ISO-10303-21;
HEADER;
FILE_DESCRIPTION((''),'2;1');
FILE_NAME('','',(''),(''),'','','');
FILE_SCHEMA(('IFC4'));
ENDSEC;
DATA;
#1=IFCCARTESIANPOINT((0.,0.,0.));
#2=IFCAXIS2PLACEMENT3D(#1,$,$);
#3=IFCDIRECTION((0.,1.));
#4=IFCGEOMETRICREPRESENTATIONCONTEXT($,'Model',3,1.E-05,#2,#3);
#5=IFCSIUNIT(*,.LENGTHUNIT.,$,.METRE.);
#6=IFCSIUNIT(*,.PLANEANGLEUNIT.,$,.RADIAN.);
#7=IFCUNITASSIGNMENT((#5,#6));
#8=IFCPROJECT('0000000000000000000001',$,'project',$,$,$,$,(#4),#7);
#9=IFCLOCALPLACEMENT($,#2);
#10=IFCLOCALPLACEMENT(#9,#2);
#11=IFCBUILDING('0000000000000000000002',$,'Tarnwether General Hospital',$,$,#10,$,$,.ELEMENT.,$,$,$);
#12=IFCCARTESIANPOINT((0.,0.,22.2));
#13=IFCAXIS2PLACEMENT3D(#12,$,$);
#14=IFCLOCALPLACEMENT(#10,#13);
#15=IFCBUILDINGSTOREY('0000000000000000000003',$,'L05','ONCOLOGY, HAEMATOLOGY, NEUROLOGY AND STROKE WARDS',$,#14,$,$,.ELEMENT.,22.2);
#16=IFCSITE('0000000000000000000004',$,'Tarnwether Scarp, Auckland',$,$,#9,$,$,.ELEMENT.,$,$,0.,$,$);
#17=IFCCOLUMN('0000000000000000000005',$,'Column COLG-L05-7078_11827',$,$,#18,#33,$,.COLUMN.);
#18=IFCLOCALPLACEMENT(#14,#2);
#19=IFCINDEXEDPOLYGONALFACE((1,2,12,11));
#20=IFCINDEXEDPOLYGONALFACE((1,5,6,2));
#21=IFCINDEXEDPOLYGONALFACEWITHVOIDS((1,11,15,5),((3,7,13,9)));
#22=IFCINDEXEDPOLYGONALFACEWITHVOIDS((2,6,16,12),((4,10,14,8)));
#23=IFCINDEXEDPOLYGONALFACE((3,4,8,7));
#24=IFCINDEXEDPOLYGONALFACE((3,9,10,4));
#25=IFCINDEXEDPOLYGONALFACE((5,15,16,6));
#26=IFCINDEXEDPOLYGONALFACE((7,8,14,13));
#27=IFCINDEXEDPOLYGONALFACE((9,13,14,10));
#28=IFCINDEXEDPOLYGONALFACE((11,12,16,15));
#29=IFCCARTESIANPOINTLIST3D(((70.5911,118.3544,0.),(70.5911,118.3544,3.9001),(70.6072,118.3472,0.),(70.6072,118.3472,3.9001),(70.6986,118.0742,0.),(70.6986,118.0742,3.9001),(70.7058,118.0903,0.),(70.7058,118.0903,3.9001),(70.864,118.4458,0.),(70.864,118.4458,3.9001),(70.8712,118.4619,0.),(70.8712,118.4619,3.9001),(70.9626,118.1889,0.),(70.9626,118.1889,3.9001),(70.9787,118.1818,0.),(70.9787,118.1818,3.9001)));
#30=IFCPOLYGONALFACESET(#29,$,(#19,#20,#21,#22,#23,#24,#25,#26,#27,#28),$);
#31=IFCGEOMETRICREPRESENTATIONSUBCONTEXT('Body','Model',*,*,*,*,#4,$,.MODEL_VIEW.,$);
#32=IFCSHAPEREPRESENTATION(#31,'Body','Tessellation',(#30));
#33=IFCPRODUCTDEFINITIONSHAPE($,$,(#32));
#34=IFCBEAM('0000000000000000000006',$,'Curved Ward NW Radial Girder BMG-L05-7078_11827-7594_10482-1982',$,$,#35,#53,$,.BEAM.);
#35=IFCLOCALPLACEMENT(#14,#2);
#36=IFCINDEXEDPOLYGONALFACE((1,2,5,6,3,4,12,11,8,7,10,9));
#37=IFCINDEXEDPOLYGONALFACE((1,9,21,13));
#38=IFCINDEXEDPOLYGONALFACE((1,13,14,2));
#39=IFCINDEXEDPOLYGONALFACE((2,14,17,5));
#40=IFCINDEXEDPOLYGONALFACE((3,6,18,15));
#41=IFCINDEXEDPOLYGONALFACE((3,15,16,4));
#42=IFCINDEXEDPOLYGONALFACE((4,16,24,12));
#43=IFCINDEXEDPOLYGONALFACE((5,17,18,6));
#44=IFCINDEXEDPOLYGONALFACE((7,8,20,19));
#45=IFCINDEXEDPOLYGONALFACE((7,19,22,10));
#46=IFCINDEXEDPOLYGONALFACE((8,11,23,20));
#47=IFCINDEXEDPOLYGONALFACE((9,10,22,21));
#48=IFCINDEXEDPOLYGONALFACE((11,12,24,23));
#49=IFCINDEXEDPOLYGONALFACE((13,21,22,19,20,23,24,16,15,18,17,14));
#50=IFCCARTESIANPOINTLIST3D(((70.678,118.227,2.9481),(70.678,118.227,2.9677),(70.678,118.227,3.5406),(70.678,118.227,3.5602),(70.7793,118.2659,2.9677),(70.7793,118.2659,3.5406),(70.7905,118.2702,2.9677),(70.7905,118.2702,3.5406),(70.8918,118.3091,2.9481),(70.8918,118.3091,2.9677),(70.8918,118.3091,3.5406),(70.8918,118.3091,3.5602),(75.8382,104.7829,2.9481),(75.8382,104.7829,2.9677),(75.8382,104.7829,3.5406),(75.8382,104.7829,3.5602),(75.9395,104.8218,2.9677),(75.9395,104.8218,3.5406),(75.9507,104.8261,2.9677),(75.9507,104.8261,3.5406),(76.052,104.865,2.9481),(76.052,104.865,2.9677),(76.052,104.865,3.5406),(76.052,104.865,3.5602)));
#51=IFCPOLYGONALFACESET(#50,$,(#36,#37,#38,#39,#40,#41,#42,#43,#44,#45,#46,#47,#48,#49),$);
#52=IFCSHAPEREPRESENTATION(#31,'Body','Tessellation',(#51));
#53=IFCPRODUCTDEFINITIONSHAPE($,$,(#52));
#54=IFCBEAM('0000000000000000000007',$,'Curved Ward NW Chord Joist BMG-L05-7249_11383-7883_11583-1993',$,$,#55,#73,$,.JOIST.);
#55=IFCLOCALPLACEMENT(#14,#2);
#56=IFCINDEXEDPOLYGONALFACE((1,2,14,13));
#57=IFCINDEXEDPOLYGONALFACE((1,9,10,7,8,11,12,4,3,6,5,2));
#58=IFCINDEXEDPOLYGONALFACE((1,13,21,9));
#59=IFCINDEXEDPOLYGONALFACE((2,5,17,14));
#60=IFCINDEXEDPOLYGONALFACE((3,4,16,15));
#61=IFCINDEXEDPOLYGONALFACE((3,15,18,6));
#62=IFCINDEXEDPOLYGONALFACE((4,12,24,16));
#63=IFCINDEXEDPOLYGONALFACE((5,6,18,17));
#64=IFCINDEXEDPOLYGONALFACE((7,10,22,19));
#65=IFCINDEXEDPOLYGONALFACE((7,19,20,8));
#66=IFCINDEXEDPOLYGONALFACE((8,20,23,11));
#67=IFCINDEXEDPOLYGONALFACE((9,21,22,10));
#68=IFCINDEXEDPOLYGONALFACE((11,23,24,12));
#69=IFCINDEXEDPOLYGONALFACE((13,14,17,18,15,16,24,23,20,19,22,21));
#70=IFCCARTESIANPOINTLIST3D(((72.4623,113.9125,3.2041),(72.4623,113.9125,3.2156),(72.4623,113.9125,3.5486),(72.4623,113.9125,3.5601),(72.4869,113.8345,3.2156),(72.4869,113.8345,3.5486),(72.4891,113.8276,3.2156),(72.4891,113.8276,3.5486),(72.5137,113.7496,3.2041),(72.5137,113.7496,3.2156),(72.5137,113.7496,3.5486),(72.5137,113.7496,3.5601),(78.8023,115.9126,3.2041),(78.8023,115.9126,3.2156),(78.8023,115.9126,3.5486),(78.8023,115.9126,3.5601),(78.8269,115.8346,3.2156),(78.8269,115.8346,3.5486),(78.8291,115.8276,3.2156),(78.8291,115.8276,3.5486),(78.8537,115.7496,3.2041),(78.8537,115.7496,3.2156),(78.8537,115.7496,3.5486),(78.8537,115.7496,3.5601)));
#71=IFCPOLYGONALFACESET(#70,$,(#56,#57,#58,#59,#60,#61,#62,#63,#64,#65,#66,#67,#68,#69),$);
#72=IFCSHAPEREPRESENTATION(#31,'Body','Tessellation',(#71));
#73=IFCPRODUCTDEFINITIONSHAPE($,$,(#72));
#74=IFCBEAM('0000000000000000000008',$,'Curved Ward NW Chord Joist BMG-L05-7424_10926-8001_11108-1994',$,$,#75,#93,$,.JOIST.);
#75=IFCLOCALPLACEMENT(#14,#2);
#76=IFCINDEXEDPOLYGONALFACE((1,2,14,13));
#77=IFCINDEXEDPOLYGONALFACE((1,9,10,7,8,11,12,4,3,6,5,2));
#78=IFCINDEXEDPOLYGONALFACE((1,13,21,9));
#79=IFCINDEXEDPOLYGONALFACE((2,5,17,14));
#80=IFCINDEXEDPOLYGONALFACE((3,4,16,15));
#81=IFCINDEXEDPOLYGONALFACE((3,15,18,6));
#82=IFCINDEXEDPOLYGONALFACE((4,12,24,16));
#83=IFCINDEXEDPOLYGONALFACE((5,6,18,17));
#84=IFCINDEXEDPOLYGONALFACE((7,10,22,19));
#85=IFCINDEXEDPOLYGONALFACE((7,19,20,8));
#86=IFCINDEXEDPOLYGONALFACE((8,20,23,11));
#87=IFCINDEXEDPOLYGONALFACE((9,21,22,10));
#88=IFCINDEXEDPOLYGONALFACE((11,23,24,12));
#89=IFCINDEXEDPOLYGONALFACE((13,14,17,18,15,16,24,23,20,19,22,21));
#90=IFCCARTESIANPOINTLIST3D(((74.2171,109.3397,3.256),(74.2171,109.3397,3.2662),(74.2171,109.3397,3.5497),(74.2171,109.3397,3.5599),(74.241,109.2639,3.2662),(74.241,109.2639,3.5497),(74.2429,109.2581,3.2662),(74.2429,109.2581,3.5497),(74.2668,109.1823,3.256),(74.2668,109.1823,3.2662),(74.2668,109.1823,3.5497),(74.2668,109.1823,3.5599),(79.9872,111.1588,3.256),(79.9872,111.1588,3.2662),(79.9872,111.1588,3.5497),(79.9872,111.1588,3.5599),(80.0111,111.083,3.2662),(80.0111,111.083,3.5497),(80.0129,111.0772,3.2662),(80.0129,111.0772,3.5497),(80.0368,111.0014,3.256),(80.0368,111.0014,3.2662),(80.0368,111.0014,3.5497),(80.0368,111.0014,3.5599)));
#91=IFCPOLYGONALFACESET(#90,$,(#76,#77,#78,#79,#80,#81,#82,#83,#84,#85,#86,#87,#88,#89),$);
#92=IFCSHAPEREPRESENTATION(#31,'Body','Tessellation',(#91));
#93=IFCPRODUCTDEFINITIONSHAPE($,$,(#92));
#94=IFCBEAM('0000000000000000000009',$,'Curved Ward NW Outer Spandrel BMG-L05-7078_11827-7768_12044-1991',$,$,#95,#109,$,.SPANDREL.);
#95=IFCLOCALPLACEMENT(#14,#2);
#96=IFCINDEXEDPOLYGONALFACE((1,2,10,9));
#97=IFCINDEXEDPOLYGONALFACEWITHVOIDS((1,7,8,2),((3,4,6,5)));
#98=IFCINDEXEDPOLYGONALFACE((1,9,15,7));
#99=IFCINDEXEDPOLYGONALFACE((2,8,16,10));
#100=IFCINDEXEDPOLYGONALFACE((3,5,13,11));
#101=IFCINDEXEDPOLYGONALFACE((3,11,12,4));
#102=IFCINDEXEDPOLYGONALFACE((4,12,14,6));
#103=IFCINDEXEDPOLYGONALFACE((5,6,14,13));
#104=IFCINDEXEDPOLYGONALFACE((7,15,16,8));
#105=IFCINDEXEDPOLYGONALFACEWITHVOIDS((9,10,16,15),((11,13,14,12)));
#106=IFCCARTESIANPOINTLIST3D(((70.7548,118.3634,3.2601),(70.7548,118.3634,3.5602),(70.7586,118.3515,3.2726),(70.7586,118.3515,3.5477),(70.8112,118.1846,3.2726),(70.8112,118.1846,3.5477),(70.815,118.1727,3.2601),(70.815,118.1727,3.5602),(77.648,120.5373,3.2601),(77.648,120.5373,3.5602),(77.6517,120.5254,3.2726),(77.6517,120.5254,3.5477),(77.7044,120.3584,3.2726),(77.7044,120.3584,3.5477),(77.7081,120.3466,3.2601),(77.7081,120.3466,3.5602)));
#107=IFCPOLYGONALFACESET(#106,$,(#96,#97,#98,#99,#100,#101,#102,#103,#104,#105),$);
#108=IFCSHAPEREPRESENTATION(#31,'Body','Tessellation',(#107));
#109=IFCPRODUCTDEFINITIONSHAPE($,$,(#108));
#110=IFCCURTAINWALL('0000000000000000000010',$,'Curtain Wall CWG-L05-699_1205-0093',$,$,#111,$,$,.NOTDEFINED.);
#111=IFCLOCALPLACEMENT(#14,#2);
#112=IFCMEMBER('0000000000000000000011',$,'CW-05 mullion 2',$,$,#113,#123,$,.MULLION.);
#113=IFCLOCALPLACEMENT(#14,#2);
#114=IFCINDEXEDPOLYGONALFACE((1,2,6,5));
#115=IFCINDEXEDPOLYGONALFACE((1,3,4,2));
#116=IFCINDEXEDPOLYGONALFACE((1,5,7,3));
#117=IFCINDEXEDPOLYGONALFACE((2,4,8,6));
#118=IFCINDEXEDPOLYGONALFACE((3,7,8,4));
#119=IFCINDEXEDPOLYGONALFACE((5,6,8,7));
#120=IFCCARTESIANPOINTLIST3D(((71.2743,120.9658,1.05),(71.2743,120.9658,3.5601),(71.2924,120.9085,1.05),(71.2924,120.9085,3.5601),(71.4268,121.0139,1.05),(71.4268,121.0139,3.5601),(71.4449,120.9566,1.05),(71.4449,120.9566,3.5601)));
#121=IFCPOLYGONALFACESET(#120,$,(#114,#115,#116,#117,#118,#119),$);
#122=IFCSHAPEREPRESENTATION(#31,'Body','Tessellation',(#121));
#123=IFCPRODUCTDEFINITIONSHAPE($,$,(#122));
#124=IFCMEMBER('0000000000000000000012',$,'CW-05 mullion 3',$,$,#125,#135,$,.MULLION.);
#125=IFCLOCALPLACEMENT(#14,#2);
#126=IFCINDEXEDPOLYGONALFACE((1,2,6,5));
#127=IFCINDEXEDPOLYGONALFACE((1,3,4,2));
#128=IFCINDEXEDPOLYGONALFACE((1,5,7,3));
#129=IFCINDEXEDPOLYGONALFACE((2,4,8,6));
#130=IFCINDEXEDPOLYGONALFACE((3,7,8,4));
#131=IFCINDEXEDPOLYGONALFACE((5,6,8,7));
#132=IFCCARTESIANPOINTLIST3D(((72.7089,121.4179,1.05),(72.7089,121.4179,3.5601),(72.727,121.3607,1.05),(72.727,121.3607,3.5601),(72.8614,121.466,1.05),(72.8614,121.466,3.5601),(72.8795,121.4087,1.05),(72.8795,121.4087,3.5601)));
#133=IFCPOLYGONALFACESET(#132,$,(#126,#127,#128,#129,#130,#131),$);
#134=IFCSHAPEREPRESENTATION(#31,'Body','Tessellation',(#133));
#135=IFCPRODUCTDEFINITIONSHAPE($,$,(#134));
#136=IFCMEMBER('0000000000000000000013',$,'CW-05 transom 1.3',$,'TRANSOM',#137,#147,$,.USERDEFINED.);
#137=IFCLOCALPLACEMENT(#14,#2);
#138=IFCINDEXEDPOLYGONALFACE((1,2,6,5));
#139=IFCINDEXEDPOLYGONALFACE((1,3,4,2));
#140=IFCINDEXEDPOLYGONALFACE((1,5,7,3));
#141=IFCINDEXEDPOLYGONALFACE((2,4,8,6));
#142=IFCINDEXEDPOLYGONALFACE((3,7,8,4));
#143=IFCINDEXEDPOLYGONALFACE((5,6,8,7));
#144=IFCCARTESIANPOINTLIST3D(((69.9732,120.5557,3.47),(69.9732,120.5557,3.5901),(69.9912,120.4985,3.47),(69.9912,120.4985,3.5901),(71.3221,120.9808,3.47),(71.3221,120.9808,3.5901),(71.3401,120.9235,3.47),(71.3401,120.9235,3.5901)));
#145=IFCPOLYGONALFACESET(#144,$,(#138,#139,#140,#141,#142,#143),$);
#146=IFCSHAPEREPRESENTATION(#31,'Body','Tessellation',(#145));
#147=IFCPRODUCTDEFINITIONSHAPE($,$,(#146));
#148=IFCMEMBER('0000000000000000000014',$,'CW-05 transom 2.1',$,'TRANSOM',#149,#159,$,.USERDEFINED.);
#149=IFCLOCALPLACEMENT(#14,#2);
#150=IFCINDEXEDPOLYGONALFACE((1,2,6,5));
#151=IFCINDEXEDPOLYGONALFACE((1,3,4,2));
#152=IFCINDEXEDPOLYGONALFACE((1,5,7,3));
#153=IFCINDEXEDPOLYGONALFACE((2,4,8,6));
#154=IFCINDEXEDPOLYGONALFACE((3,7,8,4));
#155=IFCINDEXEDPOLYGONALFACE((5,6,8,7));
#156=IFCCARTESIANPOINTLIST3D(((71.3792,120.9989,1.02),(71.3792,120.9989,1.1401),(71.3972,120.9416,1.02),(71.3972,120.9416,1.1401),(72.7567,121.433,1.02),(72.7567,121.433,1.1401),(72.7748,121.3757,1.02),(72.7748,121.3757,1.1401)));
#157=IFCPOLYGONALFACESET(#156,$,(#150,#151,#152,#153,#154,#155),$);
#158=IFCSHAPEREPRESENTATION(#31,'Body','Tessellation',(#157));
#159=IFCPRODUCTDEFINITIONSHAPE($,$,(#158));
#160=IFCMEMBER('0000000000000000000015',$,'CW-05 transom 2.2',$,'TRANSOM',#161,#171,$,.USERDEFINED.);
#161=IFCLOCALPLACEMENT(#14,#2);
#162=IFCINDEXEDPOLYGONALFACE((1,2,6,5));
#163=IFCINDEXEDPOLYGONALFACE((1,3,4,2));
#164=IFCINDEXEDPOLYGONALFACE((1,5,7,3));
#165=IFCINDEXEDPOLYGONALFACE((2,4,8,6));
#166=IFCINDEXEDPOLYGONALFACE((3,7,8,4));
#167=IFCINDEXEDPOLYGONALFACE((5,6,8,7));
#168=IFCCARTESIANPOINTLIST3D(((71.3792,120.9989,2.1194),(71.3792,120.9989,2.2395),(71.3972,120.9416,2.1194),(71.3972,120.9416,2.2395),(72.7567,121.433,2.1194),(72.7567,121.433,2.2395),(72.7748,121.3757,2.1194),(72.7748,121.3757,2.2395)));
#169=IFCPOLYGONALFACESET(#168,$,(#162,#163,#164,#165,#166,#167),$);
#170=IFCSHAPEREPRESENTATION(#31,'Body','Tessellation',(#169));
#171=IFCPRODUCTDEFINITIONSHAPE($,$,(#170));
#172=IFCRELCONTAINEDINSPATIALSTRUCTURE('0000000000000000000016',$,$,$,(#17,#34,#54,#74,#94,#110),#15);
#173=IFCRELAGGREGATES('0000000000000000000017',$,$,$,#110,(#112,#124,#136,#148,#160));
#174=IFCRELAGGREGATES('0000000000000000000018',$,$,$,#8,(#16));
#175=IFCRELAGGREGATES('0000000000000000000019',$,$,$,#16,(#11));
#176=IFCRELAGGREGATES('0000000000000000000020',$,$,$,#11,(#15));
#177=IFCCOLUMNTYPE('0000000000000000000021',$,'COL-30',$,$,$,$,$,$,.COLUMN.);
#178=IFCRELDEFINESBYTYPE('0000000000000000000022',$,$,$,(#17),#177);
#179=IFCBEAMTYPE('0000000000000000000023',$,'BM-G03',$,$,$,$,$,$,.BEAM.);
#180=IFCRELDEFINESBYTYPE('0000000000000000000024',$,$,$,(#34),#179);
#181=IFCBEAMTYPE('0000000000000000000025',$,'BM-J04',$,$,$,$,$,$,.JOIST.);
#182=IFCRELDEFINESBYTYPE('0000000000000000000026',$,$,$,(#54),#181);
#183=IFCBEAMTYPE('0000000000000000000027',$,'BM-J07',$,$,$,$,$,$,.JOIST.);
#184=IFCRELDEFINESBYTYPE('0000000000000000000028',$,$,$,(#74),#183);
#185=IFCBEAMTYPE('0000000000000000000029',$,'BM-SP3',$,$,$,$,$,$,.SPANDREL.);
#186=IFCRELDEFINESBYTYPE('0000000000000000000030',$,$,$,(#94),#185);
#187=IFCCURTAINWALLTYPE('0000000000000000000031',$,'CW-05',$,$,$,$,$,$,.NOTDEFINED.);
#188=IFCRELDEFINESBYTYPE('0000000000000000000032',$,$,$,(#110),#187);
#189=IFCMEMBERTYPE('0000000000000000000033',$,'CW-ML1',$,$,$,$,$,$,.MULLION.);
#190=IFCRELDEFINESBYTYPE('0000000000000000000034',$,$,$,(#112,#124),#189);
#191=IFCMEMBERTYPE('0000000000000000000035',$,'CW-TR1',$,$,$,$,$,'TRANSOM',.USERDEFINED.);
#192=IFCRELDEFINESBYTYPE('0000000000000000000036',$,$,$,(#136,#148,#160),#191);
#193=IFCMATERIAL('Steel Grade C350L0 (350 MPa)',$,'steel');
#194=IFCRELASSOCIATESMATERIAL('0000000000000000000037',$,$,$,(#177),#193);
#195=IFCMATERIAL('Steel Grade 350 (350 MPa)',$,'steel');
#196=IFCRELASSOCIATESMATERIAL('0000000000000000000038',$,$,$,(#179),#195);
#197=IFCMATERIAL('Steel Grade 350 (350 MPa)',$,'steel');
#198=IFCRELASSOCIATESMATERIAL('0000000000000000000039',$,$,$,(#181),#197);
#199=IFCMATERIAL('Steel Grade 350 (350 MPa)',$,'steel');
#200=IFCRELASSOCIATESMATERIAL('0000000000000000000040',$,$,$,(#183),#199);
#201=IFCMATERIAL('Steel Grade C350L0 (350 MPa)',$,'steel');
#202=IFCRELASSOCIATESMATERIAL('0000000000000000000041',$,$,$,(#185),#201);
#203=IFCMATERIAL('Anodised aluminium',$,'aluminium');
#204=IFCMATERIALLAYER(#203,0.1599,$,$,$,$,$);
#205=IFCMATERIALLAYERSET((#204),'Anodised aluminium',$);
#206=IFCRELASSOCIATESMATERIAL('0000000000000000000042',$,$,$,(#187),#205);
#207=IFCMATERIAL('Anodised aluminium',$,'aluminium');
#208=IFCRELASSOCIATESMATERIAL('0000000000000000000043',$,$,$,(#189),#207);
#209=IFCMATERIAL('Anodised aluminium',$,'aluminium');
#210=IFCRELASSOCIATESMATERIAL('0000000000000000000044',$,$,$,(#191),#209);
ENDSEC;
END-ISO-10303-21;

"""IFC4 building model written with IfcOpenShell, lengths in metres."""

from ifc_helpers import new_model, si_unit, direction, frame, origin, origin_2d, place, context, subcontext, project, spatial, rectangle, hollow_rectangle, i_section, extrude, material, layer, layer_set, material_profile, profile_set, type_object, element, aggregate, save


model = new_model("IFC4")

# Units and contexts
model_context = context("Model", 3, precision=1e-05, world=origin(), true_north=direction((0.0, 1.0)))
body_context = subcontext(model_context, "Body", "Model", "MODEL_VIEW")
ifc_project = project(units=[si_unit("LENGTHUNIT", "METRE"), si_unit("PLANEANGLEUNIT", "RADIAN")], contexts=[model_context])

# Site, building, storey
site_placement = place(None, origin())
site = spatial("IfcSite", under=ifc_project, at=site_placement, Name="Tarnwether Scarp, Auckland", CompositionType="ELEMENT", RefElevation=0.0)
building_placement = place(site_placement, origin())
building = spatial("IfcBuilding", under=site, at=building_placement, Name="Tarnwether General Hospital", CompositionType="ELEMENT")
storey_placement = place(building_placement, frame((0.0, 0.0, 22.2)))
storey = spatial("IfcBuildingStorey", under=building, at=storey_placement, Name="L05", Description="ONCOLOGY, HAEMATOLOGY, NEUROLOGY AND STROKE WARDS", CompositionType="ELEMENT", Elevation=22.2)

# Column
ifc_material_1 = material(Name="Steel Grade C350L0 (350 MPa)", Category="steel")
ifc_material_profile_1 = material_profile(ifc_material_1, hollow_rectangle(XDim=0.3, YDim=0.3, WallThickness=0.0125, at=origin_2d()), Name="SHS300x300x12.5")
ifc_profile_set_1 = profile_set([ifc_material_profile_1], Name="Steel Grade C350L0 (350 MPa)")
column_type = type_object("IfcColumnType", Name="COL-30", PredefinedType="COLUMN", material=ifc_profile_set_1)
column_placement = place(storey_placement, frame((70.7849, 118.2681, 0.0), z_axis=(0.0, 0.0, 1.0), x_axis=(-0.358368, 0.93358, 0.0)))
element("IfcColumn", 1, at=column_placement, inside=storey, type_object=column_type, Name="Column COLG-L05-7078_11827", PredefinedType="COLUMN", context=body_context, shape_type="SweptSolid", body=[
    extrude(hollow_rectangle(XDim=0.3, YDim=0.3, WallThickness=0.0125, at=origin_2d()), origin(), (0.0, 0.0, 1.0), 3.9001),
])

# Beams
ifc_material_2 = material(Name="Steel Grade 350 (350 MPa)", Category="steel")
ifc_material_profile_2 = material_profile(ifc_material_2, i_section(OverallWidth=0.229, OverallDepth=0.6121, WebThickness=0.012, FlangeThickness=0.0195, at=origin_2d()), Name="610UB125")
ifc_profile_set_2 = profile_set([ifc_material_profile_2], Name="Steel Grade 350 (350 MPa)")
beam_type_1 = type_object("IfcBeamType", Name="BM-G03", PredefinedType="BEAM", material=ifc_profile_set_2)
beam_1_placement = place(storey_placement, frame((70.7849, 118.2681, 3.2542), z_axis=(0.358335, -0.933593, 0.0), x_axis=(0.933593, 0.358335, 0.0)))
element("IfcBeam", 2, at=beam_1_placement, inside=storey, type_object=beam_type_1, Name="Curved Ward NW Radial Girder BMG-L05-7078_11827-7594_10482-1982", PredefinedType="BEAM", context=body_context, shape_type="SweptSolid", body=[
    extrude(i_section(OverallWidth=0.229, OverallDepth=0.6121, WebThickness=0.012, FlangeThickness=0.0195, at=origin_2d()), origin(), (0.0, 0.0, 1.0), 14.4004),
])
ifc_material_3 = material(Name="Steel Grade 350 (350 MPa)", Category="steel")
ifc_material_profile_3 = material_profile(ifc_material_3, i_section(OverallWidth=0.1709, OverallDepth=0.356, WebThickness=0.0073, FlangeThickness=0.0115, at=origin_2d()), Name="360UB50.7")
ifc_profile_set_3 = profile_set([ifc_material_profile_3], Name="Steel Grade 350 (350 MPa)")
beam_type_2 = type_object("IfcBeamType", Name="BM-J04", PredefinedType="JOIST", material=ifc_profile_set_3)
beam_2_placement = place(storey_placement, frame((72.488, 113.8311, 3.3821), z_axis=(0.953671, 0.30085, 0.0), x_axis=(-0.30085, 0.953671, 0.0)))
element("IfcBeam", 3, at=beam_2_placement, inside=storey, type_object=beam_type_2, Name="Curved Ward NW Chord Joist BMG-L05-7249_11383-7883_11583-1993", PredefinedType="JOIST", context=body_context, shape_type="SweptSolid", body=[
    extrude(i_section(OverallWidth=0.1709, OverallDepth=0.356, WebThickness=0.0073, FlangeThickness=0.0115, at=origin_2d()), origin(), (0.0, 0.0, 1.0), 6.6479),
])
ifc_material_4 = material(Name="Steel Grade 350 (350 MPa)", Category="steel")
ifc_material_profile_4 = material_profile(ifc_material_4, i_section(OverallWidth=0.165, OverallDepth=0.304, WebThickness=0.0061, FlangeThickness=0.0103, at=origin_2d()), Name="310UB40.4")
ifc_profile_set_4 = profile_set([ifc_material_profile_4], Name="Steel Grade 350 (350 MPa)")
beam_type_3 = type_object("IfcBeamType", Name="BM-J07", PredefinedType="JOIST", material=ifc_profile_set_4)
beam_3_placement = place(storey_placement, frame((74.2419, 109.261, 3.408), z_axis=(0.953726, 0.300677, 0.0), x_axis=(-0.300677, 0.953726, 0.0)))
element("IfcBeam", 4, at=beam_3_placement, inside=storey, type_object=beam_type_3, Name="Curved Ward NW Chord Joist BMG-L05-7424_10926-8001_11108-1994", PredefinedType="JOIST", context=body_context, shape_type="SweptSolid", body=[
    extrude(i_section(OverallWidth=0.165, OverallDepth=0.304, WebThickness=0.0061, FlangeThickness=0.0103, at=origin_2d()), origin(), (0.0, 0.0, 1.0), 6.05),
])
ifc_material_5 = material(Name="Steel Grade C350L0 (350 MPa)", Category="steel")
ifc_material_profile_5 = material_profile(ifc_material_5, hollow_rectangle(XDim=0.2, YDim=0.3, WallThickness=0.0125, at=origin_2d()), Name="RHS300x200x12.5")
ifc_profile_set_5 = profile_set([ifc_material_profile_5], Name="Steel Grade C350L0 (350 MPa)")
beam_type_4 = type_object("IfcBeamType", Name="BM-SP3", PredefinedType="SPANDREL", material=ifc_profile_set_5)
beam_4_placement = place(storey_placement, frame((70.7849, 118.2681, 3.4102), z_axis=(0.953699, 0.300763, 0.0), x_axis=(-0.300763, 0.953699, 0.0)))
element("IfcBeam", 5, at=beam_4_placement, inside=storey, type_object=beam_type_4, Name="Curved Ward NW Outer Spandrel BMG-L05-7078_11827-7768_12044-1991", PredefinedType="SPANDREL", context=body_context, shape_type="SweptSolid", body=[
    extrude(hollow_rectangle(XDim=0.2, YDim=0.3, WallThickness=0.0125, at=origin_2d()), origin(), (0.0, 0.0, 1.0), 7.2278),
])

# Curtain wall, members
ifc_material_6 = material(Name="Anodised aluminium", Category="aluminium")
ifc_layer_1 = layer(ifc_material_6, 0.1599)
ifc_layer_set_1 = layer_set([ifc_layer_1], Name="Anodised aluminium")
curtain_wall_type = type_object("IfcCurtainWallType", Name="CW-05", PredefinedType="NOTDEFINED", material=ifc_layer_set_1)
curtain_wall_placement = place(storey_placement, origin())
curtain_wall = element("IfcCurtainWall", 6, at=curtain_wall_placement, inside=storey, type_object=curtain_wall_type, Name="Curtain Wall CWG-L05-699_1205-0093", PredefinedType="NOTDEFINED")
ifc_material_7 = material(Name="Anodised aluminium", Category="aluminium")
ifc_material_profile_6 = material_profile(ifc_material_7, rectangle(XDim=0.0601, YDim=0.1599, at=origin_2d()), Name="ALU-MUL-60x160")
ifc_profile_set_6 = profile_set([ifc_material_profile_6], Name="Anodised aluminium")
member_type_1 = type_object("IfcMemberType", Name="CW-ML1", PredefinedType="MULLION", material=ifc_profile_set_6)
member_1_placement = place(storey_placement, frame((71.3596, 120.9612, 1.05), z_axis=(0.0, 0.0, 1.0), x_axis=(-0.300629, 0.953741, 0.0)))
member_1 = element("IfcMember", 7, at=member_1_placement, type_object=member_type_1, Name="CW-05 mullion 2", PredefinedType="MULLION", context=body_context, shape_type="SweptSolid", body=[
    extrude(rectangle(XDim=0.0601, YDim=0.1599, at=origin_2d()), origin(), (0.0, 0.0, 1.0), 2.51),
])
member_2_placement = place(storey_placement, frame((72.7942, 121.4133, 1.05), z_axis=(0.0, 0.0, 1.0), x_axis=(-0.300629, 0.953741, 0.0)))
member_2 = element("IfcMember", 8, at=member_2_placement, type_object=member_type_1, Name="CW-05 mullion 3", PredefinedType="MULLION", context=body_context, shape_type="SweptSolid", body=[
    extrude(rectangle(XDim=0.0601, YDim=0.1599, at=origin_2d()), origin(), (0.0, 0.0, 1.0), 2.51),
])
ifc_material_8 = material(Name="Anodised aluminium", Category="aluminium")
ifc_material_profile_7 = material_profile(ifc_material_8, rectangle(XDim=0.0601, YDim=0.1201, at=origin_2d()), Name="ALU-TRN-60x120")
ifc_profile_set_7 = profile_set([ifc_material_profile_7], Name="Anodised aluminium")
member_type_2 = type_object("IfcMemberType", Name="CW-TR1", ElementType="TRANSOM", PredefinedType="USERDEFINED", material=ifc_profile_set_7)
member_3_placement = place(storey_placement, frame((69.9822, 120.5271, 3.53), z_axis=(0.953768, 0.300545, 0.0), x_axis=(-0.300545, 0.953768, 0.0)))
member_3 = element("IfcMember", 9, at=member_3_placement, type_object=member_type_2, Name="CW-05 transom 1.3", ObjectType="TRANSOM", PredefinedType="USERDEFINED", context=body_context, shape_type="SweptSolid", body=[
    extrude(rectangle(XDim=0.0601, YDim=0.1201, at=origin_2d()), origin(), (0.0, 0.0, 1.0), 1.4143),
])
member_4_placement = place(storey_placement, frame((71.3882, 120.9702, 1.0801), z_axis=(0.953761, 0.300565, 0.0), x_axis=(-0.300565, 0.953761, 0.0)))
member_4 = element("IfcMember", 10, at=member_4_placement, type_object=member_type_2, Name="CW-05 transom 2.1", ObjectType="TRANSOM", PredefinedType="USERDEFINED", context=body_context, shape_type="SweptSolid", body=[
    extrude(rectangle(XDim=0.0601, YDim=0.1201, at=origin_2d()), origin(), (0.0, 0.0, 1.0), 1.4443),
])
member_5_placement = place(storey_placement, frame((71.3882, 120.9702, 2.1794), z_axis=(0.953761, 0.300565, 0.0), x_axis=(-0.300565, 0.953761, 0.0)))
member_5 = element("IfcMember", 11, at=member_5_placement, type_object=member_type_2, Name="CW-05 transom 2.2", ObjectType="TRANSOM", PredefinedType="USERDEFINED", context=body_context, shape_type="SweptSolid", body=[
    extrude(rectangle(XDim=0.0601, YDim=0.1201, at=origin_2d()), origin(), (0.0, 0.0, 1.0), 1.4443),
])
aggregate(curtain_wall, [member_1, member_2, member_3, member_4, member_5])

save(model, "model.ifc")
